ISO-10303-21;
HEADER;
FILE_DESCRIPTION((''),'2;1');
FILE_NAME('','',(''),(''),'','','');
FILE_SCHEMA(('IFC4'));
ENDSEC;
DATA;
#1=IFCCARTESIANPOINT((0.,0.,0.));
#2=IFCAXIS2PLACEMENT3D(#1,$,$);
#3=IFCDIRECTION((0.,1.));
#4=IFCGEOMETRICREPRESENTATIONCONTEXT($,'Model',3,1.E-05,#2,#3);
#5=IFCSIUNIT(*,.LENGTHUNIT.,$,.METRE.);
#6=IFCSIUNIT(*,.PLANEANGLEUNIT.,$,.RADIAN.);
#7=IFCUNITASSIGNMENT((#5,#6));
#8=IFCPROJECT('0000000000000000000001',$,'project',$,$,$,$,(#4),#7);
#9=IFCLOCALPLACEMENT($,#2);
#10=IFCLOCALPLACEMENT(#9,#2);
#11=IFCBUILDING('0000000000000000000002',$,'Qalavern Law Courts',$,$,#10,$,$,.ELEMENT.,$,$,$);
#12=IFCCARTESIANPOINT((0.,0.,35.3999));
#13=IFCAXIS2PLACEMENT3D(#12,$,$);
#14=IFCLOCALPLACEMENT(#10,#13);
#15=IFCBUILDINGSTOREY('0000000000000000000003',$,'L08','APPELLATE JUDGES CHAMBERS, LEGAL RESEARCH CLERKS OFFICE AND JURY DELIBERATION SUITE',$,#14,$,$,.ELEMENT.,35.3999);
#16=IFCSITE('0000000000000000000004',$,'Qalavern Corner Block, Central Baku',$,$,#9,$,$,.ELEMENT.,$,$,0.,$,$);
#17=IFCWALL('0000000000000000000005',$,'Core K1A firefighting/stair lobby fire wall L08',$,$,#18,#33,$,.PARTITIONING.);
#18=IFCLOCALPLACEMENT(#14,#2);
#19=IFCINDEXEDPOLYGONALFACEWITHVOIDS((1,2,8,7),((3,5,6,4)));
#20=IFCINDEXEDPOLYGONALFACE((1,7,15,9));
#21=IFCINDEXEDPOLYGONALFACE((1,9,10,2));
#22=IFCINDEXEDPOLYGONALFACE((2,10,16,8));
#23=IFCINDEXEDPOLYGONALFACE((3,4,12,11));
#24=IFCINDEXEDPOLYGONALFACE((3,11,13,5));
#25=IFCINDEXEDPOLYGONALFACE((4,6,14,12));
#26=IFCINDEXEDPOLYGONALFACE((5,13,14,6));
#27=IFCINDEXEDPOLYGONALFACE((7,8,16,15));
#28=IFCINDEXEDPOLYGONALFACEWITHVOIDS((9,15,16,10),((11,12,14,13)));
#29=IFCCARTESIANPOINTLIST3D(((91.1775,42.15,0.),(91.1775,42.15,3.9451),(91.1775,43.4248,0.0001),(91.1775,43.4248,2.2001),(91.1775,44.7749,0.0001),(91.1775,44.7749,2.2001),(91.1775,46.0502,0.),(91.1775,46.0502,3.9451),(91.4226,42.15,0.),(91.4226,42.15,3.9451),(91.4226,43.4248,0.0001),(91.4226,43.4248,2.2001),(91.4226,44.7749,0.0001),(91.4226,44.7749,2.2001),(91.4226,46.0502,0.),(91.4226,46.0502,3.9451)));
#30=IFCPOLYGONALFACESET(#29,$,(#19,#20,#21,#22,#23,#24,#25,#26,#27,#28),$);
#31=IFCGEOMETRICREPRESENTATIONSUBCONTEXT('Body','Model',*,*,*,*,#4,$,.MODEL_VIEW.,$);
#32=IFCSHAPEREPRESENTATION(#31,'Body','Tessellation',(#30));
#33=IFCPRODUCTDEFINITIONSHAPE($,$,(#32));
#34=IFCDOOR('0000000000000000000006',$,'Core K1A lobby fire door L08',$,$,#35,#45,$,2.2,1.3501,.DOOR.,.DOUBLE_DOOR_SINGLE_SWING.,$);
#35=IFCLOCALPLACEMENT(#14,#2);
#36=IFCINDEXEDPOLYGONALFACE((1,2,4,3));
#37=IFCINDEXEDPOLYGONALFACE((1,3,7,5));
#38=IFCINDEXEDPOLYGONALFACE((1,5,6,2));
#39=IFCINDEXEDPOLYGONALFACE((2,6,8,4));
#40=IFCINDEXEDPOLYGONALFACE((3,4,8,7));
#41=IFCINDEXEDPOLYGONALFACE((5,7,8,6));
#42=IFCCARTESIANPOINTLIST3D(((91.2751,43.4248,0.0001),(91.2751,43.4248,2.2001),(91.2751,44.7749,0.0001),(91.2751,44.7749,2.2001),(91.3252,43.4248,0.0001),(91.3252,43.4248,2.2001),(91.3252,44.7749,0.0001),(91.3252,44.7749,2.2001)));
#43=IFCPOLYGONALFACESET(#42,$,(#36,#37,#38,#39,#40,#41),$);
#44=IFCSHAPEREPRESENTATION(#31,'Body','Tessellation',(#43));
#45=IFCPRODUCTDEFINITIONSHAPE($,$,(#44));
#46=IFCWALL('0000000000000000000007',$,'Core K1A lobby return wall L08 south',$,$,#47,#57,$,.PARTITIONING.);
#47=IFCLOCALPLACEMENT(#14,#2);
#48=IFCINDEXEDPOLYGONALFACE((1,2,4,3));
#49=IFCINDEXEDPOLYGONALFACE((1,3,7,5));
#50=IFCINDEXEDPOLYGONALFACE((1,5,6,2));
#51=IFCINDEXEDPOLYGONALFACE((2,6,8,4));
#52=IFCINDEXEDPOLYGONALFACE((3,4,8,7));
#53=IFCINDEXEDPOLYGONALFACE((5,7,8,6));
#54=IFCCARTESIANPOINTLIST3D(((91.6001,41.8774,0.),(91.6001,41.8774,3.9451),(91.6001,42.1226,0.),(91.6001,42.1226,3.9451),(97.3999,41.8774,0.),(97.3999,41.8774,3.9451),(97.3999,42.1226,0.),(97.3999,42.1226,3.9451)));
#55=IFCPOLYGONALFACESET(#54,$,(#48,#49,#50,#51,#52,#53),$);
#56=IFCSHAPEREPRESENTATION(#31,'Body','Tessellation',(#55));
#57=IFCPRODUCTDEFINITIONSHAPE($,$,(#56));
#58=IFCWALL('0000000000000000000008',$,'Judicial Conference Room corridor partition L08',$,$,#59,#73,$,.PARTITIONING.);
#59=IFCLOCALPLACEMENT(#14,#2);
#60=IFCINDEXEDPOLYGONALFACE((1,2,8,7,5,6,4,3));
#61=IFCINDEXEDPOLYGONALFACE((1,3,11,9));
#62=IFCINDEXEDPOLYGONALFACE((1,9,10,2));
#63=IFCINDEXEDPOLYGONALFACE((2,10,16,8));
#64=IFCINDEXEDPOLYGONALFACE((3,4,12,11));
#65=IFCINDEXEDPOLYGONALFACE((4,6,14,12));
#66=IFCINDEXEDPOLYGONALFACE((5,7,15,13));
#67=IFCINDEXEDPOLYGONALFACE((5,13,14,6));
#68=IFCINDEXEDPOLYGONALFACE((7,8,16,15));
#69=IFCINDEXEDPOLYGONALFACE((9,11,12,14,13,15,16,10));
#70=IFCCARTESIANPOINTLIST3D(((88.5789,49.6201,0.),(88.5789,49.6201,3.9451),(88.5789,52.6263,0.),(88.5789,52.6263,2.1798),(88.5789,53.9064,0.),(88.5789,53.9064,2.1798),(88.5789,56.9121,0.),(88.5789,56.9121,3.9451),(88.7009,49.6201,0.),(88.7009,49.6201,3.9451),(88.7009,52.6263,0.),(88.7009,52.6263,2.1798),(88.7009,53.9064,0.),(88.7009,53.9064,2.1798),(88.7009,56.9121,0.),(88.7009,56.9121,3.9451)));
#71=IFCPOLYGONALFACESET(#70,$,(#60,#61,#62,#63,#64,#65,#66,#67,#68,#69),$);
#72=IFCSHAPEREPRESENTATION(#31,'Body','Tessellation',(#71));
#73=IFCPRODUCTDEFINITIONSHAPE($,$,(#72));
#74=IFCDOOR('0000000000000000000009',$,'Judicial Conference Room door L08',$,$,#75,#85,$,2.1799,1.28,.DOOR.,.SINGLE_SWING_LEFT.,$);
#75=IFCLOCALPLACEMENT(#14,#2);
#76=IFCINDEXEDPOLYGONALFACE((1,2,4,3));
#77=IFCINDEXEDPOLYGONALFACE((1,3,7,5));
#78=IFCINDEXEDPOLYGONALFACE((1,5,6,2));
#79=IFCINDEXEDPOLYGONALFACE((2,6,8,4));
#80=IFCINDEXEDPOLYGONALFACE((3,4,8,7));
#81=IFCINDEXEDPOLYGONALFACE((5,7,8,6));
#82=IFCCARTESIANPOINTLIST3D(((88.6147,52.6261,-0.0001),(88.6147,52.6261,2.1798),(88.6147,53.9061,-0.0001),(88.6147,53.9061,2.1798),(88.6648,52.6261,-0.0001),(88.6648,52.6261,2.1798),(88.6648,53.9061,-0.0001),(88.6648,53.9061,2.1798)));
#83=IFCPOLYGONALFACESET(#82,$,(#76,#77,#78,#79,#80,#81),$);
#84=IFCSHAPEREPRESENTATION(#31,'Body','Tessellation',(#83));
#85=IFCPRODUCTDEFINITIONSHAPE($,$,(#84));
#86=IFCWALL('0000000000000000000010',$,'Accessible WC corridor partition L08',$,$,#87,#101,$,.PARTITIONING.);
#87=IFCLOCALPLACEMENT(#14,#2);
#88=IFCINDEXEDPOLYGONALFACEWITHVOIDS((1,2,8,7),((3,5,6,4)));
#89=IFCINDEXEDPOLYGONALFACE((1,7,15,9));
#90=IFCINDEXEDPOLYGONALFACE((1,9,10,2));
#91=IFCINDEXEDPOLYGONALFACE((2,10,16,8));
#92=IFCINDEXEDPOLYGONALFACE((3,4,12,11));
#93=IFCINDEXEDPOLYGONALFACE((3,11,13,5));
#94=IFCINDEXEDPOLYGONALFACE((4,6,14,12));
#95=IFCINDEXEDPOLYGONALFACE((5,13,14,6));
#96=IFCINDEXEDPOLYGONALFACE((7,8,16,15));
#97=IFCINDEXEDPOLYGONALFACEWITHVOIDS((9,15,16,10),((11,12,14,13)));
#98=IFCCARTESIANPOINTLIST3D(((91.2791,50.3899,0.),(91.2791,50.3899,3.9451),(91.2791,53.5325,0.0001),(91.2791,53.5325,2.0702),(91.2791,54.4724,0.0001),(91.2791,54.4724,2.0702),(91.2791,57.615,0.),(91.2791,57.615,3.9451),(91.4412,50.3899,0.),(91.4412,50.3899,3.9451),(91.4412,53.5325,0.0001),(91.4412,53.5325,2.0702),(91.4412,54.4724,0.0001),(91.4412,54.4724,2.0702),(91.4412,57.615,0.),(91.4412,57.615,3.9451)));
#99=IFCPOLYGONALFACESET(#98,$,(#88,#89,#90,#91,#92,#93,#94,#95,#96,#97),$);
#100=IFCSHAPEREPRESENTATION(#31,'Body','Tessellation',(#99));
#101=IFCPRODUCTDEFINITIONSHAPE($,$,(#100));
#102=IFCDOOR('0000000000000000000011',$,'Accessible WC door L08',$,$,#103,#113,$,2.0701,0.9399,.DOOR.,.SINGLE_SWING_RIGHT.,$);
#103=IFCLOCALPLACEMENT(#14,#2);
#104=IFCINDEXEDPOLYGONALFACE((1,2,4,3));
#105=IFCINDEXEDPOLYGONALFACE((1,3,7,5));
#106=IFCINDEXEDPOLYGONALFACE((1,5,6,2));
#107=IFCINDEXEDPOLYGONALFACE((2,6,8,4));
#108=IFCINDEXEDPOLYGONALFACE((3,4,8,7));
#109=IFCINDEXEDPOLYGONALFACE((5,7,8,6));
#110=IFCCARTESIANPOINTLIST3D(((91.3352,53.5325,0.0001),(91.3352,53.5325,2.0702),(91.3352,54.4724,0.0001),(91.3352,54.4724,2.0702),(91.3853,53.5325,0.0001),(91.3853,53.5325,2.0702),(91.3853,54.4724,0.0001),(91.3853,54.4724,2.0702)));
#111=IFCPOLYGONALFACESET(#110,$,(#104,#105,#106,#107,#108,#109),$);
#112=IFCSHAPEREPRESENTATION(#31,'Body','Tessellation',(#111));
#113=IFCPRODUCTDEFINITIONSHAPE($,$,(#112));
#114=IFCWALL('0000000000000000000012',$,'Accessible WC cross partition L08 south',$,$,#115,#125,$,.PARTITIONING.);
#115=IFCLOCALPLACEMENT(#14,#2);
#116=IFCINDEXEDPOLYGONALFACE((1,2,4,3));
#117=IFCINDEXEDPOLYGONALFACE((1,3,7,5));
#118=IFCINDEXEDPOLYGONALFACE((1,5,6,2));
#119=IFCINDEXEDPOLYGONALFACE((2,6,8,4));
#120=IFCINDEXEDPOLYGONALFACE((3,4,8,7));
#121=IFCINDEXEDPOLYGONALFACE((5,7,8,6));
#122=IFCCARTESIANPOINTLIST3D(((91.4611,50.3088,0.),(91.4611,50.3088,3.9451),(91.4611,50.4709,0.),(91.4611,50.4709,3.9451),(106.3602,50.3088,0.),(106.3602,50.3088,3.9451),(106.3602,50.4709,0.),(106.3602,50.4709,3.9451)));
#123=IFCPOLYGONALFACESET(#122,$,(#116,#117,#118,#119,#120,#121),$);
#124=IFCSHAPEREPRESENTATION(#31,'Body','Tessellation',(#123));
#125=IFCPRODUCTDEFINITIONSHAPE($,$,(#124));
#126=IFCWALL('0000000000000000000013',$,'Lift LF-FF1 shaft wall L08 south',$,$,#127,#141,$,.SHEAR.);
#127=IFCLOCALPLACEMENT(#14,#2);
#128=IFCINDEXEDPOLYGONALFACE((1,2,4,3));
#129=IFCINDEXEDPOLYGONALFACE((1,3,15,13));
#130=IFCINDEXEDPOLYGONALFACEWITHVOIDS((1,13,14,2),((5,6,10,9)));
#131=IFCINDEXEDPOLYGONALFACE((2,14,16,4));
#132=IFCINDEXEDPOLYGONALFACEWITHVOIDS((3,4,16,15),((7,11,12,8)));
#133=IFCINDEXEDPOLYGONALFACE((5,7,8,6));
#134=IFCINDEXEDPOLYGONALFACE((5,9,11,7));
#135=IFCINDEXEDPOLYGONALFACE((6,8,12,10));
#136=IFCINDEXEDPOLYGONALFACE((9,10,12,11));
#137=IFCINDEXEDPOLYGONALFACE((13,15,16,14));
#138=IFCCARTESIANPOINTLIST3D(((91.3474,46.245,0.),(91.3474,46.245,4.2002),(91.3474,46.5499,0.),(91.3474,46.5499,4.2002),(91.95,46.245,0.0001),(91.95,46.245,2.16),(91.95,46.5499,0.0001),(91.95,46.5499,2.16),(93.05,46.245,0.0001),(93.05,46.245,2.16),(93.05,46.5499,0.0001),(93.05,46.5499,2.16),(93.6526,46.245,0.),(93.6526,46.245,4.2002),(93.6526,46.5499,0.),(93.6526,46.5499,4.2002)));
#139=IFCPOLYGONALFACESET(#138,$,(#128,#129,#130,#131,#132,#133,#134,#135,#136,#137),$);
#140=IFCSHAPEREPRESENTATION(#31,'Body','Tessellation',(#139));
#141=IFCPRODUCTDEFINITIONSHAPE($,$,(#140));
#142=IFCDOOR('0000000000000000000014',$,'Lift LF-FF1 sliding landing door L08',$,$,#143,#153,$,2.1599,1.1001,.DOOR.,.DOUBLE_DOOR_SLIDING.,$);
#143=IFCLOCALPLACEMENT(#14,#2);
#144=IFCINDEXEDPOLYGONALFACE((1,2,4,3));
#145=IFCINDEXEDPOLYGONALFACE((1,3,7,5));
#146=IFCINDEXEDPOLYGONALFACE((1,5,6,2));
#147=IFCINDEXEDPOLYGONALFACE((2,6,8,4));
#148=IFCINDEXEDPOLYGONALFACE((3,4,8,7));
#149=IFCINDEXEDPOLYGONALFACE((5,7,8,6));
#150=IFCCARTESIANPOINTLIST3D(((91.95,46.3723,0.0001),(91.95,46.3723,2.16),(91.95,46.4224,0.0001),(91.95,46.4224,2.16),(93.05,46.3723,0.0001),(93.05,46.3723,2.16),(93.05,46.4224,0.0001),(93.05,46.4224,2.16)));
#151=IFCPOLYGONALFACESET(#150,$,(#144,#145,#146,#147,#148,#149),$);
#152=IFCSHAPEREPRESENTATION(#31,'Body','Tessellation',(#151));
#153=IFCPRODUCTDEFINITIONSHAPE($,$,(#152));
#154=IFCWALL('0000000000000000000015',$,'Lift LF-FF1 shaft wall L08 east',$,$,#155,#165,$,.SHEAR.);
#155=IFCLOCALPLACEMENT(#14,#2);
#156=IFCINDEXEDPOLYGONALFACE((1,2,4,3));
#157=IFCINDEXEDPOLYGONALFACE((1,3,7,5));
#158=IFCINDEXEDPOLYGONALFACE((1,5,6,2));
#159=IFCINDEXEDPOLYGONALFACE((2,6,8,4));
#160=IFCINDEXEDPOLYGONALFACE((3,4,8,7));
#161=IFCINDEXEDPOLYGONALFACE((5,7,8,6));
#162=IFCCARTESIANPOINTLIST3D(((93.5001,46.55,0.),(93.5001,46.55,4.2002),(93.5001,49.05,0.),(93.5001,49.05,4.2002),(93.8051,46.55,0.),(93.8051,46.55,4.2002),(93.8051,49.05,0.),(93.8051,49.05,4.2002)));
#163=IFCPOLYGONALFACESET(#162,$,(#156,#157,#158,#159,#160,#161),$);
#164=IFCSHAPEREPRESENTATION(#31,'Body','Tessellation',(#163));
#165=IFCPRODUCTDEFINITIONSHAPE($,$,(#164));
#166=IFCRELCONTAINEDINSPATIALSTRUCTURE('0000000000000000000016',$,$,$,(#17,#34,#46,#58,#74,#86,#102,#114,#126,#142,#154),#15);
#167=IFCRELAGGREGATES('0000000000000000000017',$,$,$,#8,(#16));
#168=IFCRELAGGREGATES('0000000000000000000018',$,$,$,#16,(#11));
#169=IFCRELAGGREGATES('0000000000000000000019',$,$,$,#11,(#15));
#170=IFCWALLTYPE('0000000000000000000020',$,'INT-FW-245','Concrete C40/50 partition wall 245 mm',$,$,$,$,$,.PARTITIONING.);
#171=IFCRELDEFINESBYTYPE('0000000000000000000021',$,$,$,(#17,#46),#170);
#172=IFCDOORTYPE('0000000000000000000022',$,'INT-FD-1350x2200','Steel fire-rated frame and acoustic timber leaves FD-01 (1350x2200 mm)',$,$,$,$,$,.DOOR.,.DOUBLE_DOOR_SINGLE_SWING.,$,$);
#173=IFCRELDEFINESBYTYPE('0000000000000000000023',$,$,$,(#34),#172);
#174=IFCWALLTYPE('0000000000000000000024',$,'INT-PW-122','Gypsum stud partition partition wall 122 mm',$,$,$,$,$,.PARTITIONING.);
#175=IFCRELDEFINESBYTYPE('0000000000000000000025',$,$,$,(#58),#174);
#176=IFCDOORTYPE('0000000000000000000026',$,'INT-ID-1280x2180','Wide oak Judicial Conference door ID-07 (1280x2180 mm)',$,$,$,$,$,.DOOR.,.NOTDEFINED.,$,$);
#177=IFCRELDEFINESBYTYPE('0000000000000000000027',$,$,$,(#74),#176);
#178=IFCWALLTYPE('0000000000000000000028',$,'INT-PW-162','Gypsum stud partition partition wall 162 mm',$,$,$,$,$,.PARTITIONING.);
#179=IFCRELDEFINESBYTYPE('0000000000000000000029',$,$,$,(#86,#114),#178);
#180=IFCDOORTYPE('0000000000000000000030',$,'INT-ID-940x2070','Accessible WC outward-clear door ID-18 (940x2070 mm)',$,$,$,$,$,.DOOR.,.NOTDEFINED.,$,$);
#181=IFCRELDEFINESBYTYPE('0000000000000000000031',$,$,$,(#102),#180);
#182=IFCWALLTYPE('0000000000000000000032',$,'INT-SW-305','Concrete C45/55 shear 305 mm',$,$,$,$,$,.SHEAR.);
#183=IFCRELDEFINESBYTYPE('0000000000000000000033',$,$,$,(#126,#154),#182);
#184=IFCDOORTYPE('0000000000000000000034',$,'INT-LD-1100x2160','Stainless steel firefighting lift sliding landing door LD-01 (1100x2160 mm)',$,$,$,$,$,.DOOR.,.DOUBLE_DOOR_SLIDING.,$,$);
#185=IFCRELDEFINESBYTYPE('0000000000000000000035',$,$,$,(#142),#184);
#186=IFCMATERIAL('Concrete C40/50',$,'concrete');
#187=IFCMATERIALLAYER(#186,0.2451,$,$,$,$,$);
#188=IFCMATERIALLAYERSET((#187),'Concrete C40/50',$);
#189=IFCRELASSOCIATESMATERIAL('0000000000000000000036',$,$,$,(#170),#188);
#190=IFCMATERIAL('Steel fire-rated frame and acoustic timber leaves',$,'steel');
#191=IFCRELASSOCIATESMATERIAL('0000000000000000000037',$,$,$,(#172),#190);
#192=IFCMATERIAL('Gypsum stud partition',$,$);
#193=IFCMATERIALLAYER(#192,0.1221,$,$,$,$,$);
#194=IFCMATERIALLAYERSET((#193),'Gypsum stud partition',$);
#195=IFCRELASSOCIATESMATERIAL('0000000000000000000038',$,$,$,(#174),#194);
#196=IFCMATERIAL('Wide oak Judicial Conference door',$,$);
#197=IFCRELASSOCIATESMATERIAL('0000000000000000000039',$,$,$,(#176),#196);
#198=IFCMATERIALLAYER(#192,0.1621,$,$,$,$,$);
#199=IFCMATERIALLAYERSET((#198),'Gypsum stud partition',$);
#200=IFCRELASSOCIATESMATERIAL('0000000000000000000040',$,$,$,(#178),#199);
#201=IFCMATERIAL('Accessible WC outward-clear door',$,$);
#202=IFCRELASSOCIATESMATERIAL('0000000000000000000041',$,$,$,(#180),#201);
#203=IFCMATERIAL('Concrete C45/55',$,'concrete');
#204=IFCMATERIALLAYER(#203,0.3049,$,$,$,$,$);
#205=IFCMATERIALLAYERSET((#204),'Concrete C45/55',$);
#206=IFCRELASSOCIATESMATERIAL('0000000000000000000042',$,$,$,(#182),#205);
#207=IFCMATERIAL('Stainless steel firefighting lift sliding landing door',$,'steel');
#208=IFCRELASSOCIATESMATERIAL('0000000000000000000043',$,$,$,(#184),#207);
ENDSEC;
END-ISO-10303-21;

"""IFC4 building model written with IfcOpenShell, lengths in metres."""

from ifc_helpers import new_model, si_unit, direction, frame, frame_2d, origin, place, context, subcontext, project, spatial, rectangle, extrude, material, layer, layer_set, type_object, element, fill, save


model = new_model("IFC4")

# Units and contexts
model_context = context("Model", 3, precision=1e-05, world=origin(), true_north=direction((0.0, 1.0)))
body_context = subcontext(model_context, "Body", "Model", "MODEL_VIEW")
ifc_project = project(units=[si_unit("LENGTHUNIT", "METRE"), si_unit("PLANEANGLEUNIT", "RADIAN")], contexts=[model_context])

# Site, building, storey
site_placement = place(None, origin())
site = spatial("IfcSite", under=ifc_project, at=site_placement, Name="Qalavern Corner Block, Central Baku", CompositionType="ELEMENT", RefElevation=0.0)
building_placement = place(site_placement, origin())
building = spatial("IfcBuilding", under=site, at=building_placement, Name="Qalavern Law Courts", CompositionType="ELEMENT")
storey_placement = place(building_placement, frame((0.0, 0.0, 35.3999)))
storey = spatial("IfcBuildingStorey", under=building, at=storey_placement, Name="L08", Description="APPELLATE JUDGES CHAMBERS, LEGAL RESEARCH CLERKS OFFICE AND JURY DELIBERATION SUITE", CompositionType="ELEMENT", Elevation=35.3999)

# Shared definitions
ifc_material_1 = material(Name="Concrete C45/55", Category="concrete")

# Shared definitions
ifc_material_2 = material(Name="Concrete C40/50", Category="concrete")

# Wall, opening, door
ifc_layer_1 = layer(ifc_material_2, 0.2451)
ifc_layer_set_1 = layer_set([ifc_layer_1], Name="Concrete C40/50")
wall_type_1 = type_object("IfcWallType", Name="INT-FW-245", Description="Concrete C40/50 partition wall 245 mm", PredefinedType="PARTITIONING", material=ifc_layer_set_1)
wall_1_placement = place(storey_placement, frame((91.3, 42.1499, 0.0), z_axis=(0.0, 0.0, 1.0), x_axis=(0.0, 1.0, 0.0)))
wall_1 = element("IfcWall", 1, at=wall_1_placement, inside=storey, type_object=wall_type_1, Name="Core K1A firefighting/stair lobby fire wall L08", PredefinedType="PARTITIONING", context=body_context, shape_type="SweptSolid", body=[
    extrude(rectangle(XDim=3.9001, YDim=0.2451, at=frame_2d((1.9502, 0.0))), origin(), (0.0, 0.0, 1.0), 3.9451),
])
opening_1_placement = place(wall_1_placement, frame((1.2749, 0.0, 0.0)))
opening_1 = element("IfcOpeningElement", 2, at=opening_1_placement, cuts=wall_1, PredefinedType="OPENING", context=body_context, shape_type="SweptSolid", body=[
    extrude(rectangle(XDim=1.3501, YDim=2.2, at=frame_2d((0.675, 1.1001))), frame((0.0, 0.1375, 0.0), z_axis=(0.0, -1.0, 0.0), x_axis=(1.0, 0.0, 0.0)), (0.0, 0.0, 1.0), 0.2749),
])
ifc_material_3 = material(Name="Steel fire-rated frame and acoustic timber leaves", Category="steel")
door_type_1 = type_object("IfcDoorType", Name="INT-FD-1350x2200", Description="Steel fire-rated frame and acoustic timber leaves FD-01 (1350x2200 mm)", OperationType="DOUBLE_DOOR_SINGLE_SWING", PredefinedType="DOOR", material=ifc_material_3)
door_1_placement = place(opening_1_placement, origin())
door_1 = element("IfcDoor", 3, at=door_1_placement, inside=storey, type_object=door_type_1, Name="Core K1A lobby fire door L08", OperationType="DOUBLE_DOOR_SINGLE_SWING", OverallHeight=2.2, OverallWidth=1.3501, PredefinedType="DOOR", context=body_context, shape_type="SweptSolid", body=[
    extrude(rectangle(XDim=1.3501, YDim=2.2, at=frame_2d((0.675, 1.1001))), frame((0.0, 0.0249, 0.0), z_axis=(0.0, -1.0, 0.0), x_axis=(1.0, 0.0, 0.0)), (0.0, 0.0, 1.0), 0.05),
])
fill(opening_1, door_1)

# Wall
wall_2_placement = place(storey_placement, frame((91.6001, 42.0, 0.0), z_axis=(0.0, 0.0, 1.0), x_axis=(1.0, 0.0, 0.0)))
element("IfcWall", 4, at=wall_2_placement, inside=storey, type_object=wall_type_1, Name="Core K1A lobby return wall L08 south", PredefinedType="PARTITIONING", context=body_context, shape_type="SweptSolid", body=[
    extrude(rectangle(XDim=5.7998, YDim=0.2451, at=frame_2d((2.8999, 0.0))), origin(), (0.0, 0.0, 1.0), 3.9451),
])

# Walls, openings, doors
ifc_material_4 = material(Name="Gypsum stud partition")
ifc_layer_2 = layer(ifc_material_4, 0.1221)
ifc_layer_set_2 = layer_set([ifc_layer_2], Name="Gypsum stud partition")
wall_type_2 = type_object("IfcWallType", Name="INT-PW-122", Description="Gypsum stud partition partition wall 122 mm", PredefinedType="PARTITIONING", material=ifc_layer_set_2)
wall_3_placement = place(storey_placement, frame((88.6399, 49.6201, 0.0), z_axis=(0.0, 0.0, 1.0), x_axis=(0.0, 1.0, 0.0)))
wall_3 = element("IfcWall", 5, at=wall_3_placement, inside=storey, type_object=wall_type_2, Name="Judicial Conference Room corridor partition L08", PredefinedType="PARTITIONING", context=body_context, shape_type="SweptSolid", body=[
    extrude(rectangle(XDim=7.292, YDim=0.1221, at=frame_2d((3.646, 0.0))), origin(), (0.0, 0.0, 1.0), 3.9451),
])
opening_2_placement = place(wall_3_placement, frame((3.0061, 0.0, 0.0)))
opening_2 = element("IfcOpeningElement", 6, at=opening_2_placement, cuts=wall_3, PredefinedType="OPENING", context=body_context, shape_type="SweptSolid", body=[
    extrude(rectangle(XDim=1.28, YDim=2.1799, at=frame_2d((0.6401, 1.0898))), frame((0.0, 0.0759, 0.0), z_axis=(0.0, -1.0, 0.0), x_axis=(1.0, 0.0, 0.0)), (0.0, 0.0, 1.0), 0.1519),
])
ifc_material_5 = material(Name="Wide oak Judicial Conference door")
door_type_2 = type_object("IfcDoorType", Name="INT-ID-1280x2180", Description="Wide oak Judicial Conference door ID-07 (1280x2180 mm)", OperationType="NOTDEFINED", PredefinedType="DOOR", material=ifc_material_5)
door_2_placement = place(opening_2_placement, frame((1.28, 0.0, 0.0), z_axis=(0.0, 0.0, 1.0), x_axis=(-1.0, 0.0, 0.0)))
door_2 = element("IfcDoor", 7, at=door_2_placement, inside=storey, type_object=door_type_2, Name="Judicial Conference Room door L08", OperationType="SINGLE_SWING_LEFT", OverallHeight=2.1799, OverallWidth=1.28, PredefinedType="DOOR", context=body_context, shape_type="SweptSolid", body=[
    extrude(rectangle(XDim=1.28, YDim=2.1799, at=frame_2d((0.6401, 1.0898))), frame((0.0, 0.0249, 0.0), z_axis=(0.0, -1.0, 0.0), x_axis=(1.0, 0.0, 0.0)), (0.0, 0.0, 1.0), 0.05),
])
fill(opening_2, door_2)
ifc_layer_3 = layer(ifc_material_4, 0.1621)
ifc_layer_set_3 = layer_set([ifc_layer_3], Name="Gypsum stud partition")
wall_type_3 = type_object("IfcWallType", Name="INT-PW-162", Description="Gypsum stud partition partition wall 162 mm", PredefinedType="PARTITIONING", material=ifc_layer_set_3)
wall_4_placement = place(storey_placement, frame((91.3601, 50.3899, 0.0), z_axis=(0.0, 0.0, 1.0), x_axis=(0.0, 1.0, 0.0)))
wall_4 = element("IfcWall", 8, at=wall_4_placement, inside=storey, type_object=wall_type_3, Name="Accessible WC corridor partition L08", PredefinedType="PARTITIONING", context=body_context, shape_type="SweptSolid", body=[
    extrude(rectangle(XDim=7.2251, YDim=0.1621, at=frame_2d((3.6125, 0.0))), origin(), (0.0, 0.0, 1.0), 3.9451),
])
opening_3_placement = place(wall_4_placement, frame((3.1426, 0.0, 0.0)))
opening_3 = element("IfcOpeningElement", 9, at=opening_3_placement, cuts=wall_4, PredefinedType="OPENING", context=body_context, shape_type="SweptSolid", body=[
    extrude(rectangle(XDim=0.9399, YDim=2.0701, at=frame_2d((0.47, 1.0352))), frame((0.0, 0.0959, 0.0), z_axis=(0.0, -1.0, 0.0), x_axis=(1.0, 0.0, 0.0)), (0.0, 0.0, 1.0), 0.1919),
])
ifc_material_6 = material(Name="Accessible WC outward-clear door")
door_type_3 = type_object("IfcDoorType", Name="INT-ID-940x2070", Description="Accessible WC outward-clear door ID-18 (940x2070 mm)", OperationType="NOTDEFINED", PredefinedType="DOOR", material=ifc_material_6)
door_3_placement = place(opening_3_placement, origin())
door_3 = element("IfcDoor", 10, at=door_3_placement, inside=storey, type_object=door_type_3, Name="Accessible WC door L08", OperationType="SINGLE_SWING_RIGHT", OverallHeight=2.0701, OverallWidth=0.9399, PredefinedType="DOOR", context=body_context, shape_type="SweptSolid", body=[
    extrude(rectangle(XDim=0.9399, YDim=2.0701, at=frame_2d((0.47, 1.0352))), frame((0.0, 0.0249, 0.0), z_axis=(0.0, -1.0, 0.0), x_axis=(1.0, 0.0, 0.0)), (0.0, 0.0, 1.0), 0.05),
])
fill(opening_3, door_3)

# Wall
wall_5_placement = place(storey_placement, frame((91.4609, 50.3899, 0.0), z_axis=(0.0, 0.0, 1.0), x_axis=(1.0, 0.0, 0.0)))
element("IfcWall", 11, at=wall_5_placement, inside=storey, type_object=wall_type_3, Name="Accessible WC cross partition L08 south", PredefinedType="PARTITIONING", context=body_context, shape_type="SweptSolid", body=[
    extrude(rectangle(XDim=14.8992, YDim=0.1621, at=frame_2d((7.4497, 0.0))), origin(), (0.0, 0.0, 1.0), 3.9451),
])

# Wall, opening, door
ifc_layer_4 = layer(ifc_material_1, 0.3049)
ifc_layer_set_4 = layer_set([ifc_layer_4], Name="Concrete C45/55")
wall_type_4 = type_object("IfcWallType", Name="INT-SW-305", Description="Concrete C45/55 shear 305 mm", PredefinedType="SHEAR", material=ifc_layer_set_4)
wall_6_placement = place(storey_placement, frame((91.3474, 46.3975, 0.0), z_axis=(0.0, 0.0, 1.0), x_axis=(1.0, 0.0, 0.0)))
wall_6 = element("IfcWall", 12, at=wall_6_placement, inside=storey, type_object=wall_type_4, Name="Lift LF-FF1 shaft wall L08 south", PredefinedType="SHEAR", context=body_context, shape_type="SweptSolid", body=[
    extrude(rectangle(XDim=2.3052, YDim=0.3049, at=frame_2d((1.1526, 0.0))), origin(), (0.0, 0.0, 1.0), 4.2002),
])
opening_4_placement = place(wall_6_placement, frame((0.6025, 0.0, 0.0)))
opening_4 = element("IfcOpeningElement", 13, at=opening_4_placement, cuts=wall_6, PredefinedType="OPENING", context=body_context, shape_type="SweptSolid", body=[
    extrude(rectangle(XDim=1.1001, YDim=2.1599, at=frame_2d((0.55, 1.0801))), frame((0.0, 0.1675, 0.0), z_axis=(0.0, -1.0, 0.0), x_axis=(1.0, 0.0, 0.0)), (0.0, 0.0, 1.0), 0.3347),
])
ifc_material_7 = material(Name="Stainless steel firefighting lift sliding landing door", Category="steel")
door_type_4 = type_object("IfcDoorType", Name="INT-LD-1100x2160", Description="Stainless steel firefighting lift sliding landing door LD-01 (1100x2160 mm)", OperationType="DOUBLE_DOOR_SLIDING", PredefinedType="DOOR", material=ifc_material_7)
door_4_placement = place(opening_4_placement, origin())
door_4 = element("IfcDoor", 14, at=door_4_placement, inside=storey, type_object=door_type_4, Name="Lift LF-FF1 sliding landing door L08", OperationType="DOUBLE_DOOR_SLIDING", OverallHeight=2.1599, OverallWidth=1.1001, PredefinedType="DOOR", context=body_context, shape_type="SweptSolid", body=[
    extrude(rectangle(XDim=1.1001, YDim=2.1599, at=frame_2d((0.55, 1.0801))), frame((0.0, 0.0249, 0.0), z_axis=(0.0, -1.0, 0.0), x_axis=(1.0, 0.0, 0.0)), (0.0, 0.0, 1.0), 0.05),
])
fill(opening_4, door_4)

# Wall
for number, where, z_axis, x_axis, name in (
    (15, (93.6526, 46.55, 0.0), (0.0, 0.0, 1.0), (0.0, 1.0, 0.0), "Lift LF-FF1 shaft wall L08 east"),
):
    element("IfcWall", number, at=place(storey_placement, frame(where, z_axis=z_axis, x_axis=x_axis)), inside=storey, type_object=wall_type_4, Name=name, PredefinedType="SHEAR", context=body_context, shape_type="SweptSolid", body=[
        extrude(rectangle(XDim=2.5, YDim=0.3049, at=frame_2d((1.25, 0.0))), origin(), (0.0, 0.0, 1.0), 4.2002),
    ])

save(model, "model.ifc")
